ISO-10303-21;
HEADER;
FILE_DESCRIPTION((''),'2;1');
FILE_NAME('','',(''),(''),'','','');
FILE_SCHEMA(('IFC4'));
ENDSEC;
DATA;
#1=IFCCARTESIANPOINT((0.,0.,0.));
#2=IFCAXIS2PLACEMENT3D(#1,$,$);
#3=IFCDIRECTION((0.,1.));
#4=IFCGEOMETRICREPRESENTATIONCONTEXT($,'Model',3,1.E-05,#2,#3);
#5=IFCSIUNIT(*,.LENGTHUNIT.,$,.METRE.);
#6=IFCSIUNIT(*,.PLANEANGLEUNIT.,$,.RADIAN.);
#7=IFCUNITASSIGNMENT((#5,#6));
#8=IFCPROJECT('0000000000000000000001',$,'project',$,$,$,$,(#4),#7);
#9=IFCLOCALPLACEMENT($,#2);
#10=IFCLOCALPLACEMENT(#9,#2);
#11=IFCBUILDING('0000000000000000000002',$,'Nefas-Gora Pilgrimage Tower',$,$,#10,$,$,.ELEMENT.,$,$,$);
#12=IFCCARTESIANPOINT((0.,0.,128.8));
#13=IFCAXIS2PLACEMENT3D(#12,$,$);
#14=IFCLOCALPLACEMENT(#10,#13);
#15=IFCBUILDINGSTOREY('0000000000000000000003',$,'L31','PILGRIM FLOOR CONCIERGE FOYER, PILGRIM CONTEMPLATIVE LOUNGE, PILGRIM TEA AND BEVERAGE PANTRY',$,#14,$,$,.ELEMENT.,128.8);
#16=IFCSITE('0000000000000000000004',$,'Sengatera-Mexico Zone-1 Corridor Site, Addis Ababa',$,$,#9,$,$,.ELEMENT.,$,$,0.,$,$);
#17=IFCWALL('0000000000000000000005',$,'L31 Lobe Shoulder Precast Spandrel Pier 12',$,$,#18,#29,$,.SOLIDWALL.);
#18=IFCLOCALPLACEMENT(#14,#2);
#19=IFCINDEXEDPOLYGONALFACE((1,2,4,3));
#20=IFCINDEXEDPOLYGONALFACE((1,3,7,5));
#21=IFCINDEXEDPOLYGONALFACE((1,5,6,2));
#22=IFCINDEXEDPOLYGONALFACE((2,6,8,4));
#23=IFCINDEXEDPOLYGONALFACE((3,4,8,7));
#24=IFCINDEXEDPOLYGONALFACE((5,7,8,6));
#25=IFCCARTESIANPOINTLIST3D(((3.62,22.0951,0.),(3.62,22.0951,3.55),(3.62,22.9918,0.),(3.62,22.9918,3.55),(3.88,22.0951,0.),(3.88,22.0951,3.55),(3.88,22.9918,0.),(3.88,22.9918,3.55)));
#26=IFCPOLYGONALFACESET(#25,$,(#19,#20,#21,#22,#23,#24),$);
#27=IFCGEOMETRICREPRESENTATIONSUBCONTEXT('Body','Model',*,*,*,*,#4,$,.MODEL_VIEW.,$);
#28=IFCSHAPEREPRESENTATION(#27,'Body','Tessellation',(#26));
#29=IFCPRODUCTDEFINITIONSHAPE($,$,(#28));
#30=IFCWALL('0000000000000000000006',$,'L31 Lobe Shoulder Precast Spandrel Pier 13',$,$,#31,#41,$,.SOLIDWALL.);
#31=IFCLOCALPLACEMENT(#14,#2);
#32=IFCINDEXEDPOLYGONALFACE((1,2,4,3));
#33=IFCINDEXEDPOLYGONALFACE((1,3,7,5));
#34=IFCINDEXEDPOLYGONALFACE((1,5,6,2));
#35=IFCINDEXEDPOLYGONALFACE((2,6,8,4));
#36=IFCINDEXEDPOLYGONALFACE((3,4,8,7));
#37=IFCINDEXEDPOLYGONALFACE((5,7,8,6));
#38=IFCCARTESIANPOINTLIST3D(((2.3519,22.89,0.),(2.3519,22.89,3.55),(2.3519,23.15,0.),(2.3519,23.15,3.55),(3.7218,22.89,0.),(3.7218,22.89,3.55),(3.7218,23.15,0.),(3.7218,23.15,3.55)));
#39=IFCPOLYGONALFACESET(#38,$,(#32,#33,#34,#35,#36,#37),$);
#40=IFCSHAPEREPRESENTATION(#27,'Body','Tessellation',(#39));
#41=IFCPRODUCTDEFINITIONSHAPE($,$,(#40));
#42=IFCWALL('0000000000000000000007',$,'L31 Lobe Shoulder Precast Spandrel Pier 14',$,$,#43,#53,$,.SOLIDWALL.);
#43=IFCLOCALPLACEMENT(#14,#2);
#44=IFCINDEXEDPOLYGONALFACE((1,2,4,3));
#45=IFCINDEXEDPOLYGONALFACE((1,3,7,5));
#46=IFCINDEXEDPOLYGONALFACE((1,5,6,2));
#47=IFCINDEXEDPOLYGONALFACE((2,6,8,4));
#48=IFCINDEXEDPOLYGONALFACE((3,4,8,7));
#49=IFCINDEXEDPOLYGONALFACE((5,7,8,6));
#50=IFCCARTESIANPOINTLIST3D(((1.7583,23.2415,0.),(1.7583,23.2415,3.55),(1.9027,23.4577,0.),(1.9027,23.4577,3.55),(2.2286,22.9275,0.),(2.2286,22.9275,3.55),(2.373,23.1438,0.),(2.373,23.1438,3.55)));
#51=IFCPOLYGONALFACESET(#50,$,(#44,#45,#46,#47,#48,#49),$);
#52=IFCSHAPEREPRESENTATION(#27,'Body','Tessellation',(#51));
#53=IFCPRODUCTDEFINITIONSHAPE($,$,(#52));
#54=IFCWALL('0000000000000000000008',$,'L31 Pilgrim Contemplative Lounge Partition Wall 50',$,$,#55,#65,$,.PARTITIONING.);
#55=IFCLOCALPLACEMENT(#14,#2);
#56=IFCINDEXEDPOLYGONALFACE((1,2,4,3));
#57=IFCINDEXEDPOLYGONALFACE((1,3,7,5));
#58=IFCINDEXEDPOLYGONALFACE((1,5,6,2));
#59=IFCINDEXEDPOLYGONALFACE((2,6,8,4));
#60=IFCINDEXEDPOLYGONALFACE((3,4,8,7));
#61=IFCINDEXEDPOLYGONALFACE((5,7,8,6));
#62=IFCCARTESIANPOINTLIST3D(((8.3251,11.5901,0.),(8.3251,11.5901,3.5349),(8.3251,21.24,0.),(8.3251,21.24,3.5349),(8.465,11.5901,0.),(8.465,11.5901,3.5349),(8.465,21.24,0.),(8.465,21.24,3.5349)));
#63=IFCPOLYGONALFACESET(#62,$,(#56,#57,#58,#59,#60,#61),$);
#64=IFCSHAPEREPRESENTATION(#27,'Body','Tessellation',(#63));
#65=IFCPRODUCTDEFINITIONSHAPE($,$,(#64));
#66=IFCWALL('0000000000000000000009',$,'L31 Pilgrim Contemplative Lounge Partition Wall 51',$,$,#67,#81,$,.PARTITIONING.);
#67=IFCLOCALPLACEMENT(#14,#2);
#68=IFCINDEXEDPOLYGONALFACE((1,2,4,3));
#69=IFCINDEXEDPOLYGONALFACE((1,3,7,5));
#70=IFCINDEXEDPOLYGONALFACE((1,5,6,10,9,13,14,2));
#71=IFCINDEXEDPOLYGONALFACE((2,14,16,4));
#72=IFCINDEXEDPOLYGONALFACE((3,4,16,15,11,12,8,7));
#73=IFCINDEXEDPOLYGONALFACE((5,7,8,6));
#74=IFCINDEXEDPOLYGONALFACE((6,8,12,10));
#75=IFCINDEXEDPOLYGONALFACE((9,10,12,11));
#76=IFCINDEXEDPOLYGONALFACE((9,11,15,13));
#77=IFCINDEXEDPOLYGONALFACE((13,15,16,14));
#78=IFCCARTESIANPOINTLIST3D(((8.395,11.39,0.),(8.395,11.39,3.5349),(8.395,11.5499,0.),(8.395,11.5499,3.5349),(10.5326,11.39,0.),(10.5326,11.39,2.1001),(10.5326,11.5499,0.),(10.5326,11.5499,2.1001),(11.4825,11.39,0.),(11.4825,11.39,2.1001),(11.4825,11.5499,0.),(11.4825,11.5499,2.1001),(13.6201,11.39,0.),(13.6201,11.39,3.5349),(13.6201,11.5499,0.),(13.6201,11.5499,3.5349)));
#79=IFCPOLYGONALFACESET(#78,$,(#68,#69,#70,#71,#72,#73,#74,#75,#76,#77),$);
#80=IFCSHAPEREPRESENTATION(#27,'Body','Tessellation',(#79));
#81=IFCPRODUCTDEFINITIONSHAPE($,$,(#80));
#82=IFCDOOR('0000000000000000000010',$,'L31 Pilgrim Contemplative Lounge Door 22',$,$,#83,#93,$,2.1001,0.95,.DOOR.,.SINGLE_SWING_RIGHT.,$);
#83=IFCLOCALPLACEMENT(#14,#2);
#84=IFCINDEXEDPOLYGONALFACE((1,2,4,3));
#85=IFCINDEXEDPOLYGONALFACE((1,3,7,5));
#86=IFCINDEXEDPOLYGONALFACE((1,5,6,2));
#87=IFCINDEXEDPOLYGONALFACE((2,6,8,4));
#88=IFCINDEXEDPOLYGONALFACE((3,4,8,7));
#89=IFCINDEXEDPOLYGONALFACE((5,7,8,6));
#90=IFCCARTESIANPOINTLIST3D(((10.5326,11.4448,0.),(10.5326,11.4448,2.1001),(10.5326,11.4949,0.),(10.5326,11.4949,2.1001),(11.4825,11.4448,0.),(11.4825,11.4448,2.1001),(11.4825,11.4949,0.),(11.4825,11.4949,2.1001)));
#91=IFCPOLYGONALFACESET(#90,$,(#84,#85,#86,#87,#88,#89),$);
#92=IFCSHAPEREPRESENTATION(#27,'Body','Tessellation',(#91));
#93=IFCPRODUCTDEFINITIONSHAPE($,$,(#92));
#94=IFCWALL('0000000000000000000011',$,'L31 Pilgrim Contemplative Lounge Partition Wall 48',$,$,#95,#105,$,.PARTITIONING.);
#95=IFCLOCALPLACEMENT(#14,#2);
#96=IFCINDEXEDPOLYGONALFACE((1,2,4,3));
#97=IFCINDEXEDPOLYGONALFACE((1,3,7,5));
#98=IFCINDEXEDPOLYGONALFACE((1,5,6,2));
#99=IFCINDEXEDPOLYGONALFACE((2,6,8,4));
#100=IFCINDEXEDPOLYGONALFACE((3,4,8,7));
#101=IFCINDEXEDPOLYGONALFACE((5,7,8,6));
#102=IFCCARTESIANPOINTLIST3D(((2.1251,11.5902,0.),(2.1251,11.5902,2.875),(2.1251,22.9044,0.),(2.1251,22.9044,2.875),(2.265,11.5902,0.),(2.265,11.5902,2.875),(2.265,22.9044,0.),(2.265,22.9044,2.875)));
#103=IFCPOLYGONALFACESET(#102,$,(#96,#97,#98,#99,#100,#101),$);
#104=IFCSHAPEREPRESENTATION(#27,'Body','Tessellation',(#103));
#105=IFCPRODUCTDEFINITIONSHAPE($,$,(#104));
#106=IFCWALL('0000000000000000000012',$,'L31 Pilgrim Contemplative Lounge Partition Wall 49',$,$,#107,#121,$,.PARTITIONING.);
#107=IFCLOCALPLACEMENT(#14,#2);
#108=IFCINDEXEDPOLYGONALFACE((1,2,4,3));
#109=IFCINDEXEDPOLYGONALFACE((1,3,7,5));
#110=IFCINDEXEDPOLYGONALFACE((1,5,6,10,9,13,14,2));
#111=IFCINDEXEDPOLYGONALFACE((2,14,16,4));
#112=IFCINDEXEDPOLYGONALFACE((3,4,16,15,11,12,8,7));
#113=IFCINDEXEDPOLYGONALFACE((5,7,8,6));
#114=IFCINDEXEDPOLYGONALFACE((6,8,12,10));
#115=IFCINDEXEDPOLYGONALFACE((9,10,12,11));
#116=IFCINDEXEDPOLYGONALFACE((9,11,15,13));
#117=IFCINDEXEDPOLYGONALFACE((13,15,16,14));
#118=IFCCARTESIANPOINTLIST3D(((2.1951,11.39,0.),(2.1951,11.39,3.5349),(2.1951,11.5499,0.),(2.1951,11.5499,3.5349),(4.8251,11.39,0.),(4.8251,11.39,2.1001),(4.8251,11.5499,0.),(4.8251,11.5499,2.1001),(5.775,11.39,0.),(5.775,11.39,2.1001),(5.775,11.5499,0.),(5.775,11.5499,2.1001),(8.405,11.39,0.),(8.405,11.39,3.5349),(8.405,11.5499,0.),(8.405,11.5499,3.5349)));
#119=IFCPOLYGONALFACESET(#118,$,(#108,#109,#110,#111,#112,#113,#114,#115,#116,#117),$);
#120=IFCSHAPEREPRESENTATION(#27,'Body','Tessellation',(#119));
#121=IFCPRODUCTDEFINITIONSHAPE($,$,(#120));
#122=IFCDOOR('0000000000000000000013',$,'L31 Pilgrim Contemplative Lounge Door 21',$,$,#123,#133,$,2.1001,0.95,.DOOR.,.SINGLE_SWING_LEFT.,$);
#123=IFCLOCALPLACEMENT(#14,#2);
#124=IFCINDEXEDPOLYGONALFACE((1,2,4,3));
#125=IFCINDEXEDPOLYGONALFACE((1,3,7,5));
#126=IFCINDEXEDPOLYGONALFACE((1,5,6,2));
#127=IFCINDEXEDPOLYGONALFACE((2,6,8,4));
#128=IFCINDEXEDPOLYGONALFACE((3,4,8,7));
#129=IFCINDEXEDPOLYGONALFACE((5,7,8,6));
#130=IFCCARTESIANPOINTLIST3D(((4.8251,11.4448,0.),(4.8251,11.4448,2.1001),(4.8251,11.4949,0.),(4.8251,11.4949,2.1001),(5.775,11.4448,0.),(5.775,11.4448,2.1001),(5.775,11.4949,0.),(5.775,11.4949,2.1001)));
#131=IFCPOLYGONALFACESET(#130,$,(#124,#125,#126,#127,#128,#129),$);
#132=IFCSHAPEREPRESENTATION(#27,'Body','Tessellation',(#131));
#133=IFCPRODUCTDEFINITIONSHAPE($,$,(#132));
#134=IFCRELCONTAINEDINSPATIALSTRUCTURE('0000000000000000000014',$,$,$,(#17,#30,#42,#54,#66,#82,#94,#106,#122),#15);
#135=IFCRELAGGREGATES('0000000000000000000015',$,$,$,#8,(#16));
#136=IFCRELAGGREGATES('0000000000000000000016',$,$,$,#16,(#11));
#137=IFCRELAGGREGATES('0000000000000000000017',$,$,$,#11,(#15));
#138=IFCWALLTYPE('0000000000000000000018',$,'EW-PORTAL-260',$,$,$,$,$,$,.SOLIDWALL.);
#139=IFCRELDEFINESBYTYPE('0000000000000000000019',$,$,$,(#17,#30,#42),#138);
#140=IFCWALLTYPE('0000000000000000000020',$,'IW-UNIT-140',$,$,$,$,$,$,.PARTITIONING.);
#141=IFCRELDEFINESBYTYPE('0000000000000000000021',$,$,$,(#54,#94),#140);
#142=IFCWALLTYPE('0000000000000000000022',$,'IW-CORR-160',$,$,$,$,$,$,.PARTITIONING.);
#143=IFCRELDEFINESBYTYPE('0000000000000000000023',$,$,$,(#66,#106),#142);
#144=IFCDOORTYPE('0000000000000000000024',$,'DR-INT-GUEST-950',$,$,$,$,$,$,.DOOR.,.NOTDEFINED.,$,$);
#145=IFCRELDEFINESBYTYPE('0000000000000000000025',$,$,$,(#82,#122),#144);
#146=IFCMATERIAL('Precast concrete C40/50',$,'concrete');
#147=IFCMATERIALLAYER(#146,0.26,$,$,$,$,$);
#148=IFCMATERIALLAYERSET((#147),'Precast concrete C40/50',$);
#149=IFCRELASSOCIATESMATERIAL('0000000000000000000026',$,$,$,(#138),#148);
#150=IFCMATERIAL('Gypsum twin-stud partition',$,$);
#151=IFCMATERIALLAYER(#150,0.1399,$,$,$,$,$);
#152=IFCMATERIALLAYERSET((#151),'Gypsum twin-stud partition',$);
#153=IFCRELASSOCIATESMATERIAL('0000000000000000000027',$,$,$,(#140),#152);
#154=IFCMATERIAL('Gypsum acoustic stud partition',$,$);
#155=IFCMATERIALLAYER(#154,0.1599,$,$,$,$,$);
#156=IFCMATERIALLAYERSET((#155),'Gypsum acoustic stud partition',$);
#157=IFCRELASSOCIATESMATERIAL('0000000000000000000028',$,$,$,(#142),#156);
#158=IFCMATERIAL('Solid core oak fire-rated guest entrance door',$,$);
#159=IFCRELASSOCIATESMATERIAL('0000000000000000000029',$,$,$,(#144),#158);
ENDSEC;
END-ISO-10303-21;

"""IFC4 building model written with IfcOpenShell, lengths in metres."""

from ifc_helpers import new_model, si_unit, direction, frame, frame_2d, origin, place, context, subcontext, project, spatial, rectangle, extrude, source, transform, mapped, material, layer, layer_set, type_object, element, fill, save


model = new_model("IFC4")

# Units and contexts
model_context = context("Model", 3, precision=1e-05, world=origin(), true_north=direction((0.0, 1.0)))
body_context = subcontext(model_context, "Body", "Model", "MODEL_VIEW")
ifc_project = project(units=[si_unit("LENGTHUNIT", "METRE"), si_unit("PLANEANGLEUNIT", "RADIAN")], contexts=[model_context])

# Site, building, storey
site_placement = place(None, origin())
site = spatial("IfcSite", under=ifc_project, at=site_placement, Name="Sengatera-Mexico Zone-1 Corridor Site, Addis Ababa", CompositionType="ELEMENT", RefElevation=0.0)
building_placement = place(site_placement, origin())
building = spatial("IfcBuilding", under=site, at=building_placement, Name="Nefas-Gora Pilgrimage Tower", CompositionType="ELEMENT")
storey_placement = place(building_placement, frame((0.0, 0.0, 128.8)))
storey = spatial("IfcBuildingStorey", under=building, at=storey_placement, Name="L31", Description="PILGRIM FLOOR CONCIERGE FOYER, PILGRIM CONTEMPLATIVE LOUNGE, PILGRIM TEA AND BEVERAGE PANTRY", CompositionType="ELEMENT", Elevation=128.8)

# Walls
ifc_material_1 = material(Name="Precast concrete C40/50", Category="concrete")
ifc_layer_1 = layer(ifc_material_1, 0.26)
ifc_layer_set_1 = layer_set([ifc_layer_1], Name="Precast concrete C40/50")
wall_type_1 = type_object("IfcWallType", Name="EW-PORTAL-260", PredefinedType="SOLIDWALL", material=ifc_layer_set_1)
shared_shape_1 = source(origin(), body_context, "Body", "SweptSolid", [
    extrude(rectangle(XDim=0.8967, YDim=0.26, at=frame_2d((0.4482, 0.0))), origin(), (0.0, 0.0, 1.0), 3.55),
])
wall_1_placement = place(storey_placement, frame((3.75, 22.0952, 0.0), z_axis=(0.0, 0.0, 1.0), x_axis=(0.0, 1.0, 0.0)))
element("IfcWall", 1, at=wall_1_placement, inside=storey, type_object=wall_type_1, Name="L31 Lobe Shoulder Precast Spandrel Pier 12", PredefinedType="SOLIDWALL", context=body_context, shape_type="MappedRepresentation", body=[
    mapped(shared_shape_1, transform((0.0, 0.0, 0.0), x_axis=(1.0, 0.0, 0.0), y_axis=(0.0, 1.0, 0.0), z_axis=(0.0, 0.0, 1.0), scale=1.0)),
])
shared_shape_2 = source(origin(), body_context, "Body", "SweptSolid", [
    extrude(rectangle(XDim=1.3699, YDim=0.26, at=frame_2d((0.6851, 0.0))), origin(), (0.0, 0.0, 1.0), 3.55),
])
wall_2_placement = place(storey_placement, frame((3.7219, 23.02, 0.0), z_axis=(0.0, 0.0, 1.0), x_axis=(-1.0, 0.0, 0.0)))
element("IfcWall", 2, at=wall_2_placement, inside=storey, type_object=wall_type_1, Name="L31 Lobe Shoulder Precast Spandrel Pier 13", PredefinedType="SOLIDWALL", context=body_context, shape_type="MappedRepresentation", body=[
    mapped(shared_shape_2, transform((0.0, 0.0, 0.0), x_axis=(1.0, 0.0, 0.0), y_axis=(0.0, 1.0, 0.0), z_axis=(0.0, 0.0, 1.0), scale=1.0)),
])
shared_shape_3 = source(origin(), body_context, "Body", "SweptSolid", [
    extrude(rectangle(XDim=0.5654, YDim=0.26, at=frame_2d((0.2827, 0.0))), origin(), (0.0, 0.0, 1.0), 3.55),
])
wall_3_placement = place(storey_placement, frame((2.3008, 23.0356, 0.0), z_axis=(0.0, 0.0, 1.0), x_axis=(-0.831651, 0.555298, 0.0)))
element("IfcWall", 3, at=wall_3_placement, inside=storey, type_object=wall_type_1, Name="L31 Lobe Shoulder Precast Spandrel Pier 14", PredefinedType="SOLIDWALL", context=body_context, shape_type="MappedRepresentation", body=[
    mapped(shared_shape_3, transform((0.0, 0.0, 0.0), x_axis=(1.0, 0.0, 0.0), y_axis=(0.0, 1.0, 0.0), z_axis=(0.0, 0.0, 1.0), scale=1.0)),
])
ifc_material_2 = material(Name="Gypsum twin-stud partition")
ifc_layer_2 = layer(ifc_material_2, 0.1399)
ifc_layer_set_2 = layer_set([ifc_layer_2], Name="Gypsum twin-stud partition")
wall_type_2 = type_object("IfcWallType", Name="IW-UNIT-140", PredefinedType="PARTITIONING", material=ifc_layer_set_2)
shared_shape_4 = source(origin(), body_context, "Body", "SweptSolid", [
    extrude(rectangle(XDim=9.6499, YDim=0.1399, at=frame_2d((4.825, 0.0))), origin(), (0.0, 0.0, 1.0), 3.5349),
])
wall_4_placement = place(storey_placement, frame((8.395, 11.5901, 0.0), z_axis=(0.0, 0.0, 1.0), x_axis=(0.0, 1.0, 0.0)))
element("IfcWall", 4, at=wall_4_placement, inside=storey, type_object=wall_type_2, Name="L31 Pilgrim Contemplative Lounge Partition Wall 50", PredefinedType="PARTITIONING", context=body_context, shape_type="MappedRepresentation", body=[
    mapped(shared_shape_4, transform((0.0, 0.0, 0.0), x_axis=(1.0, 0.0, 0.0), y_axis=(0.0, 1.0, 0.0), z_axis=(0.0, 0.0, 1.0), scale=1.0)),
])

# Wall, opening, door
ifc_material_3 = material(Name="Gypsum acoustic stud partition")
ifc_layer_3 = layer(ifc_material_3, 0.1599)
ifc_layer_set_3 = layer_set([ifc_layer_3], Name="Gypsum acoustic stud partition")
wall_type_3 = type_object("IfcWallType", Name="IW-CORR-160", PredefinedType="PARTITIONING", material=ifc_layer_set_3)
shared_shape_5 = source(origin(), body_context, "Body", "SweptSolid", [
    extrude(rectangle(XDim=5.2251, YDim=0.1599, at=frame_2d((2.6125, 0.0))), origin(), (0.0, 0.0, 1.0), 3.5349),
])
wall_5_placement = place(storey_placement, frame((8.395, 11.47, 0.0), z_axis=(0.0, 0.0, 1.0), x_axis=(1.0, 0.0, 0.0)))
wall_5 = element("IfcWall", 5, at=wall_5_placement, inside=storey, type_object=wall_type_3, Name="L31 Pilgrim Contemplative Lounge Partition Wall 51", PredefinedType="PARTITIONING", context=body_context, shape_type="MappedRepresentation", body=[
    mapped(shared_shape_5, transform((0.0, 0.0, 0.0), x_axis=(1.0, 0.0, 0.0), y_axis=(0.0, 1.0, 0.0), z_axis=(0.0, 0.0, 1.0), scale=1.0)),
])
opening_1_placement = place(wall_5_placement, frame((2.1375, 0.0, 0.0)))
opening_1 = element("IfcOpeningElement", 6, at=opening_1_placement, cuts=wall_5, PredefinedType="OPENING", context=body_context, shape_type="SweptSolid", body=[
    extrude(rectangle(XDim=0.95, YDim=2.1001, at=frame_2d((0.4751, 1.05))), frame((0.0, 0.0898, 0.0), z_axis=(0.0, -1.0, 0.0), x_axis=(1.0, 0.0, 0.0)), (0.0, 0.0, 1.0), 0.1799),
])
ifc_material_4 = material(Name="Solid core oak fire-rated guest entrance door")
door_type = type_object("IfcDoorType", Name="DR-INT-GUEST-950", OperationType="NOTDEFINED", PredefinedType="DOOR", material=ifc_material_4)
shared_shape_6 = source(origin(), body_context, "Body", "SweptSolid", [
    extrude(rectangle(XDim=0.95, YDim=2.1001, at=frame_2d((0.4751, 1.05))), frame((0.0, 0.0249, 0.0), z_axis=(0.0, -1.0, 0.0), x_axis=(1.0, 0.0, 0.0)), (0.0, 0.0, 1.0), 0.05),
])
door_1_placement = place(opening_1_placement, origin())
door_1 = element("IfcDoor", 7, at=door_1_placement, inside=storey, type_object=door_type, Name="L31 Pilgrim Contemplative Lounge Door 22", OperationType="SINGLE_SWING_RIGHT", OverallHeight=2.1001, OverallWidth=0.95, PredefinedType="DOOR", context=body_context, shape_type="MappedRepresentation", body=[
    mapped(shared_shape_6, transform((0.0, 0.0, 0.0), x_axis=(1.0, 0.0, 0.0), y_axis=(0.0, 1.0, 0.0), z_axis=(0.0, 0.0, 1.0), scale=1.0)),
])
fill(opening_1, door_1)

# Wall
shared_shape_7 = source(origin(), body_context, "Body", "SweptSolid", [
    extrude(rectangle(XDim=11.3142, YDim=0.1399, at=frame_2d((5.6572, 0.0))), origin(), (0.0, 0.0, 1.0), 2.875),
])
wall_6_placement = place(storey_placement, frame((2.1951, 11.5901, 0.0), z_axis=(0.0, 0.0, 1.0), x_axis=(0.0, 1.0, 0.0)))
element("IfcWall", 8, at=wall_6_placement, inside=storey, type_object=wall_type_2, Name="L31 Pilgrim Contemplative Lounge Partition Wall 48", PredefinedType="PARTITIONING", context=body_context, shape_type="MappedRepresentation", body=[
    mapped(shared_shape_7, transform((0.0, 0.0, 0.0), x_axis=(1.0, 0.0, 0.0), y_axis=(0.0, 1.0, 0.0), z_axis=(0.0, 0.0, 1.0), scale=1.0)),
])

# Wall, opening, door
shared_shape_8 = source(origin(), body_context, "Body", "SweptSolid", [
    extrude(rectangle(XDim=6.21, YDim=0.1599, at=frame_2d((3.105, 0.0))), origin(), (0.0, 0.0, 1.0), 3.5349),
])
wall_7_placement = place(storey_placement, frame((2.1951, 11.47, 0.0), z_axis=(0.0, 0.0, 1.0), x_axis=(1.0, 0.0, 0.0)))
wall_7 = element("IfcWall", 9, at=wall_7_placement, inside=storey, type_object=wall_type_3, Name="L31 Pilgrim Contemplative Lounge Partition Wall 49", PredefinedType="PARTITIONING", context=body_context, shape_type="MappedRepresentation", body=[
    mapped(shared_shape_8, transform((0.0, 0.0, 0.0), x_axis=(1.0, 0.0, 0.0), y_axis=(0.0, 1.0, 0.0), z_axis=(0.0, 0.0, 1.0), scale=1.0)),
])
opening_2_placement = place(wall_7_placement, frame((2.6299, 0.0, 0.0)))
opening_2 = element("IfcOpeningElement", 10, at=opening_2_placement, cuts=wall_7, PredefinedType="OPENING", context=body_context, shape_type="SweptSolid", body=[
    extrude(rectangle(XDim=0.95, YDim=2.1001, at=frame_2d((0.4751, 1.05))), frame((0.0, 0.0898, 0.0), z_axis=(0.0, -1.0, 0.0), x_axis=(1.0, 0.0, 0.0)), (0.0, 0.0, 1.0), 0.1799),
])
door_2_placement = place(opening_2_placement, origin())
door_2 = element("IfcDoor", 11, at=door_2_placement, inside=storey, type_object=door_type, Name="L31 Pilgrim Contemplative Lounge Door 21", OperationType="SINGLE_SWING_LEFT", OverallHeight=2.1001, OverallWidth=0.95, PredefinedType="DOOR", context=body_context, shape_type="MappedRepresentation", body=[
    mapped(shared_shape_6, transform((0.0, 0.0, 0.0), x_axis=(1.0, 0.0, 0.0), y_axis=(0.0, 1.0, 0.0), z_axis=(0.0, 0.0, 1.0), scale=1.0)),
])
fill(opening_2, door_2)

save(model, "model.ifc")
